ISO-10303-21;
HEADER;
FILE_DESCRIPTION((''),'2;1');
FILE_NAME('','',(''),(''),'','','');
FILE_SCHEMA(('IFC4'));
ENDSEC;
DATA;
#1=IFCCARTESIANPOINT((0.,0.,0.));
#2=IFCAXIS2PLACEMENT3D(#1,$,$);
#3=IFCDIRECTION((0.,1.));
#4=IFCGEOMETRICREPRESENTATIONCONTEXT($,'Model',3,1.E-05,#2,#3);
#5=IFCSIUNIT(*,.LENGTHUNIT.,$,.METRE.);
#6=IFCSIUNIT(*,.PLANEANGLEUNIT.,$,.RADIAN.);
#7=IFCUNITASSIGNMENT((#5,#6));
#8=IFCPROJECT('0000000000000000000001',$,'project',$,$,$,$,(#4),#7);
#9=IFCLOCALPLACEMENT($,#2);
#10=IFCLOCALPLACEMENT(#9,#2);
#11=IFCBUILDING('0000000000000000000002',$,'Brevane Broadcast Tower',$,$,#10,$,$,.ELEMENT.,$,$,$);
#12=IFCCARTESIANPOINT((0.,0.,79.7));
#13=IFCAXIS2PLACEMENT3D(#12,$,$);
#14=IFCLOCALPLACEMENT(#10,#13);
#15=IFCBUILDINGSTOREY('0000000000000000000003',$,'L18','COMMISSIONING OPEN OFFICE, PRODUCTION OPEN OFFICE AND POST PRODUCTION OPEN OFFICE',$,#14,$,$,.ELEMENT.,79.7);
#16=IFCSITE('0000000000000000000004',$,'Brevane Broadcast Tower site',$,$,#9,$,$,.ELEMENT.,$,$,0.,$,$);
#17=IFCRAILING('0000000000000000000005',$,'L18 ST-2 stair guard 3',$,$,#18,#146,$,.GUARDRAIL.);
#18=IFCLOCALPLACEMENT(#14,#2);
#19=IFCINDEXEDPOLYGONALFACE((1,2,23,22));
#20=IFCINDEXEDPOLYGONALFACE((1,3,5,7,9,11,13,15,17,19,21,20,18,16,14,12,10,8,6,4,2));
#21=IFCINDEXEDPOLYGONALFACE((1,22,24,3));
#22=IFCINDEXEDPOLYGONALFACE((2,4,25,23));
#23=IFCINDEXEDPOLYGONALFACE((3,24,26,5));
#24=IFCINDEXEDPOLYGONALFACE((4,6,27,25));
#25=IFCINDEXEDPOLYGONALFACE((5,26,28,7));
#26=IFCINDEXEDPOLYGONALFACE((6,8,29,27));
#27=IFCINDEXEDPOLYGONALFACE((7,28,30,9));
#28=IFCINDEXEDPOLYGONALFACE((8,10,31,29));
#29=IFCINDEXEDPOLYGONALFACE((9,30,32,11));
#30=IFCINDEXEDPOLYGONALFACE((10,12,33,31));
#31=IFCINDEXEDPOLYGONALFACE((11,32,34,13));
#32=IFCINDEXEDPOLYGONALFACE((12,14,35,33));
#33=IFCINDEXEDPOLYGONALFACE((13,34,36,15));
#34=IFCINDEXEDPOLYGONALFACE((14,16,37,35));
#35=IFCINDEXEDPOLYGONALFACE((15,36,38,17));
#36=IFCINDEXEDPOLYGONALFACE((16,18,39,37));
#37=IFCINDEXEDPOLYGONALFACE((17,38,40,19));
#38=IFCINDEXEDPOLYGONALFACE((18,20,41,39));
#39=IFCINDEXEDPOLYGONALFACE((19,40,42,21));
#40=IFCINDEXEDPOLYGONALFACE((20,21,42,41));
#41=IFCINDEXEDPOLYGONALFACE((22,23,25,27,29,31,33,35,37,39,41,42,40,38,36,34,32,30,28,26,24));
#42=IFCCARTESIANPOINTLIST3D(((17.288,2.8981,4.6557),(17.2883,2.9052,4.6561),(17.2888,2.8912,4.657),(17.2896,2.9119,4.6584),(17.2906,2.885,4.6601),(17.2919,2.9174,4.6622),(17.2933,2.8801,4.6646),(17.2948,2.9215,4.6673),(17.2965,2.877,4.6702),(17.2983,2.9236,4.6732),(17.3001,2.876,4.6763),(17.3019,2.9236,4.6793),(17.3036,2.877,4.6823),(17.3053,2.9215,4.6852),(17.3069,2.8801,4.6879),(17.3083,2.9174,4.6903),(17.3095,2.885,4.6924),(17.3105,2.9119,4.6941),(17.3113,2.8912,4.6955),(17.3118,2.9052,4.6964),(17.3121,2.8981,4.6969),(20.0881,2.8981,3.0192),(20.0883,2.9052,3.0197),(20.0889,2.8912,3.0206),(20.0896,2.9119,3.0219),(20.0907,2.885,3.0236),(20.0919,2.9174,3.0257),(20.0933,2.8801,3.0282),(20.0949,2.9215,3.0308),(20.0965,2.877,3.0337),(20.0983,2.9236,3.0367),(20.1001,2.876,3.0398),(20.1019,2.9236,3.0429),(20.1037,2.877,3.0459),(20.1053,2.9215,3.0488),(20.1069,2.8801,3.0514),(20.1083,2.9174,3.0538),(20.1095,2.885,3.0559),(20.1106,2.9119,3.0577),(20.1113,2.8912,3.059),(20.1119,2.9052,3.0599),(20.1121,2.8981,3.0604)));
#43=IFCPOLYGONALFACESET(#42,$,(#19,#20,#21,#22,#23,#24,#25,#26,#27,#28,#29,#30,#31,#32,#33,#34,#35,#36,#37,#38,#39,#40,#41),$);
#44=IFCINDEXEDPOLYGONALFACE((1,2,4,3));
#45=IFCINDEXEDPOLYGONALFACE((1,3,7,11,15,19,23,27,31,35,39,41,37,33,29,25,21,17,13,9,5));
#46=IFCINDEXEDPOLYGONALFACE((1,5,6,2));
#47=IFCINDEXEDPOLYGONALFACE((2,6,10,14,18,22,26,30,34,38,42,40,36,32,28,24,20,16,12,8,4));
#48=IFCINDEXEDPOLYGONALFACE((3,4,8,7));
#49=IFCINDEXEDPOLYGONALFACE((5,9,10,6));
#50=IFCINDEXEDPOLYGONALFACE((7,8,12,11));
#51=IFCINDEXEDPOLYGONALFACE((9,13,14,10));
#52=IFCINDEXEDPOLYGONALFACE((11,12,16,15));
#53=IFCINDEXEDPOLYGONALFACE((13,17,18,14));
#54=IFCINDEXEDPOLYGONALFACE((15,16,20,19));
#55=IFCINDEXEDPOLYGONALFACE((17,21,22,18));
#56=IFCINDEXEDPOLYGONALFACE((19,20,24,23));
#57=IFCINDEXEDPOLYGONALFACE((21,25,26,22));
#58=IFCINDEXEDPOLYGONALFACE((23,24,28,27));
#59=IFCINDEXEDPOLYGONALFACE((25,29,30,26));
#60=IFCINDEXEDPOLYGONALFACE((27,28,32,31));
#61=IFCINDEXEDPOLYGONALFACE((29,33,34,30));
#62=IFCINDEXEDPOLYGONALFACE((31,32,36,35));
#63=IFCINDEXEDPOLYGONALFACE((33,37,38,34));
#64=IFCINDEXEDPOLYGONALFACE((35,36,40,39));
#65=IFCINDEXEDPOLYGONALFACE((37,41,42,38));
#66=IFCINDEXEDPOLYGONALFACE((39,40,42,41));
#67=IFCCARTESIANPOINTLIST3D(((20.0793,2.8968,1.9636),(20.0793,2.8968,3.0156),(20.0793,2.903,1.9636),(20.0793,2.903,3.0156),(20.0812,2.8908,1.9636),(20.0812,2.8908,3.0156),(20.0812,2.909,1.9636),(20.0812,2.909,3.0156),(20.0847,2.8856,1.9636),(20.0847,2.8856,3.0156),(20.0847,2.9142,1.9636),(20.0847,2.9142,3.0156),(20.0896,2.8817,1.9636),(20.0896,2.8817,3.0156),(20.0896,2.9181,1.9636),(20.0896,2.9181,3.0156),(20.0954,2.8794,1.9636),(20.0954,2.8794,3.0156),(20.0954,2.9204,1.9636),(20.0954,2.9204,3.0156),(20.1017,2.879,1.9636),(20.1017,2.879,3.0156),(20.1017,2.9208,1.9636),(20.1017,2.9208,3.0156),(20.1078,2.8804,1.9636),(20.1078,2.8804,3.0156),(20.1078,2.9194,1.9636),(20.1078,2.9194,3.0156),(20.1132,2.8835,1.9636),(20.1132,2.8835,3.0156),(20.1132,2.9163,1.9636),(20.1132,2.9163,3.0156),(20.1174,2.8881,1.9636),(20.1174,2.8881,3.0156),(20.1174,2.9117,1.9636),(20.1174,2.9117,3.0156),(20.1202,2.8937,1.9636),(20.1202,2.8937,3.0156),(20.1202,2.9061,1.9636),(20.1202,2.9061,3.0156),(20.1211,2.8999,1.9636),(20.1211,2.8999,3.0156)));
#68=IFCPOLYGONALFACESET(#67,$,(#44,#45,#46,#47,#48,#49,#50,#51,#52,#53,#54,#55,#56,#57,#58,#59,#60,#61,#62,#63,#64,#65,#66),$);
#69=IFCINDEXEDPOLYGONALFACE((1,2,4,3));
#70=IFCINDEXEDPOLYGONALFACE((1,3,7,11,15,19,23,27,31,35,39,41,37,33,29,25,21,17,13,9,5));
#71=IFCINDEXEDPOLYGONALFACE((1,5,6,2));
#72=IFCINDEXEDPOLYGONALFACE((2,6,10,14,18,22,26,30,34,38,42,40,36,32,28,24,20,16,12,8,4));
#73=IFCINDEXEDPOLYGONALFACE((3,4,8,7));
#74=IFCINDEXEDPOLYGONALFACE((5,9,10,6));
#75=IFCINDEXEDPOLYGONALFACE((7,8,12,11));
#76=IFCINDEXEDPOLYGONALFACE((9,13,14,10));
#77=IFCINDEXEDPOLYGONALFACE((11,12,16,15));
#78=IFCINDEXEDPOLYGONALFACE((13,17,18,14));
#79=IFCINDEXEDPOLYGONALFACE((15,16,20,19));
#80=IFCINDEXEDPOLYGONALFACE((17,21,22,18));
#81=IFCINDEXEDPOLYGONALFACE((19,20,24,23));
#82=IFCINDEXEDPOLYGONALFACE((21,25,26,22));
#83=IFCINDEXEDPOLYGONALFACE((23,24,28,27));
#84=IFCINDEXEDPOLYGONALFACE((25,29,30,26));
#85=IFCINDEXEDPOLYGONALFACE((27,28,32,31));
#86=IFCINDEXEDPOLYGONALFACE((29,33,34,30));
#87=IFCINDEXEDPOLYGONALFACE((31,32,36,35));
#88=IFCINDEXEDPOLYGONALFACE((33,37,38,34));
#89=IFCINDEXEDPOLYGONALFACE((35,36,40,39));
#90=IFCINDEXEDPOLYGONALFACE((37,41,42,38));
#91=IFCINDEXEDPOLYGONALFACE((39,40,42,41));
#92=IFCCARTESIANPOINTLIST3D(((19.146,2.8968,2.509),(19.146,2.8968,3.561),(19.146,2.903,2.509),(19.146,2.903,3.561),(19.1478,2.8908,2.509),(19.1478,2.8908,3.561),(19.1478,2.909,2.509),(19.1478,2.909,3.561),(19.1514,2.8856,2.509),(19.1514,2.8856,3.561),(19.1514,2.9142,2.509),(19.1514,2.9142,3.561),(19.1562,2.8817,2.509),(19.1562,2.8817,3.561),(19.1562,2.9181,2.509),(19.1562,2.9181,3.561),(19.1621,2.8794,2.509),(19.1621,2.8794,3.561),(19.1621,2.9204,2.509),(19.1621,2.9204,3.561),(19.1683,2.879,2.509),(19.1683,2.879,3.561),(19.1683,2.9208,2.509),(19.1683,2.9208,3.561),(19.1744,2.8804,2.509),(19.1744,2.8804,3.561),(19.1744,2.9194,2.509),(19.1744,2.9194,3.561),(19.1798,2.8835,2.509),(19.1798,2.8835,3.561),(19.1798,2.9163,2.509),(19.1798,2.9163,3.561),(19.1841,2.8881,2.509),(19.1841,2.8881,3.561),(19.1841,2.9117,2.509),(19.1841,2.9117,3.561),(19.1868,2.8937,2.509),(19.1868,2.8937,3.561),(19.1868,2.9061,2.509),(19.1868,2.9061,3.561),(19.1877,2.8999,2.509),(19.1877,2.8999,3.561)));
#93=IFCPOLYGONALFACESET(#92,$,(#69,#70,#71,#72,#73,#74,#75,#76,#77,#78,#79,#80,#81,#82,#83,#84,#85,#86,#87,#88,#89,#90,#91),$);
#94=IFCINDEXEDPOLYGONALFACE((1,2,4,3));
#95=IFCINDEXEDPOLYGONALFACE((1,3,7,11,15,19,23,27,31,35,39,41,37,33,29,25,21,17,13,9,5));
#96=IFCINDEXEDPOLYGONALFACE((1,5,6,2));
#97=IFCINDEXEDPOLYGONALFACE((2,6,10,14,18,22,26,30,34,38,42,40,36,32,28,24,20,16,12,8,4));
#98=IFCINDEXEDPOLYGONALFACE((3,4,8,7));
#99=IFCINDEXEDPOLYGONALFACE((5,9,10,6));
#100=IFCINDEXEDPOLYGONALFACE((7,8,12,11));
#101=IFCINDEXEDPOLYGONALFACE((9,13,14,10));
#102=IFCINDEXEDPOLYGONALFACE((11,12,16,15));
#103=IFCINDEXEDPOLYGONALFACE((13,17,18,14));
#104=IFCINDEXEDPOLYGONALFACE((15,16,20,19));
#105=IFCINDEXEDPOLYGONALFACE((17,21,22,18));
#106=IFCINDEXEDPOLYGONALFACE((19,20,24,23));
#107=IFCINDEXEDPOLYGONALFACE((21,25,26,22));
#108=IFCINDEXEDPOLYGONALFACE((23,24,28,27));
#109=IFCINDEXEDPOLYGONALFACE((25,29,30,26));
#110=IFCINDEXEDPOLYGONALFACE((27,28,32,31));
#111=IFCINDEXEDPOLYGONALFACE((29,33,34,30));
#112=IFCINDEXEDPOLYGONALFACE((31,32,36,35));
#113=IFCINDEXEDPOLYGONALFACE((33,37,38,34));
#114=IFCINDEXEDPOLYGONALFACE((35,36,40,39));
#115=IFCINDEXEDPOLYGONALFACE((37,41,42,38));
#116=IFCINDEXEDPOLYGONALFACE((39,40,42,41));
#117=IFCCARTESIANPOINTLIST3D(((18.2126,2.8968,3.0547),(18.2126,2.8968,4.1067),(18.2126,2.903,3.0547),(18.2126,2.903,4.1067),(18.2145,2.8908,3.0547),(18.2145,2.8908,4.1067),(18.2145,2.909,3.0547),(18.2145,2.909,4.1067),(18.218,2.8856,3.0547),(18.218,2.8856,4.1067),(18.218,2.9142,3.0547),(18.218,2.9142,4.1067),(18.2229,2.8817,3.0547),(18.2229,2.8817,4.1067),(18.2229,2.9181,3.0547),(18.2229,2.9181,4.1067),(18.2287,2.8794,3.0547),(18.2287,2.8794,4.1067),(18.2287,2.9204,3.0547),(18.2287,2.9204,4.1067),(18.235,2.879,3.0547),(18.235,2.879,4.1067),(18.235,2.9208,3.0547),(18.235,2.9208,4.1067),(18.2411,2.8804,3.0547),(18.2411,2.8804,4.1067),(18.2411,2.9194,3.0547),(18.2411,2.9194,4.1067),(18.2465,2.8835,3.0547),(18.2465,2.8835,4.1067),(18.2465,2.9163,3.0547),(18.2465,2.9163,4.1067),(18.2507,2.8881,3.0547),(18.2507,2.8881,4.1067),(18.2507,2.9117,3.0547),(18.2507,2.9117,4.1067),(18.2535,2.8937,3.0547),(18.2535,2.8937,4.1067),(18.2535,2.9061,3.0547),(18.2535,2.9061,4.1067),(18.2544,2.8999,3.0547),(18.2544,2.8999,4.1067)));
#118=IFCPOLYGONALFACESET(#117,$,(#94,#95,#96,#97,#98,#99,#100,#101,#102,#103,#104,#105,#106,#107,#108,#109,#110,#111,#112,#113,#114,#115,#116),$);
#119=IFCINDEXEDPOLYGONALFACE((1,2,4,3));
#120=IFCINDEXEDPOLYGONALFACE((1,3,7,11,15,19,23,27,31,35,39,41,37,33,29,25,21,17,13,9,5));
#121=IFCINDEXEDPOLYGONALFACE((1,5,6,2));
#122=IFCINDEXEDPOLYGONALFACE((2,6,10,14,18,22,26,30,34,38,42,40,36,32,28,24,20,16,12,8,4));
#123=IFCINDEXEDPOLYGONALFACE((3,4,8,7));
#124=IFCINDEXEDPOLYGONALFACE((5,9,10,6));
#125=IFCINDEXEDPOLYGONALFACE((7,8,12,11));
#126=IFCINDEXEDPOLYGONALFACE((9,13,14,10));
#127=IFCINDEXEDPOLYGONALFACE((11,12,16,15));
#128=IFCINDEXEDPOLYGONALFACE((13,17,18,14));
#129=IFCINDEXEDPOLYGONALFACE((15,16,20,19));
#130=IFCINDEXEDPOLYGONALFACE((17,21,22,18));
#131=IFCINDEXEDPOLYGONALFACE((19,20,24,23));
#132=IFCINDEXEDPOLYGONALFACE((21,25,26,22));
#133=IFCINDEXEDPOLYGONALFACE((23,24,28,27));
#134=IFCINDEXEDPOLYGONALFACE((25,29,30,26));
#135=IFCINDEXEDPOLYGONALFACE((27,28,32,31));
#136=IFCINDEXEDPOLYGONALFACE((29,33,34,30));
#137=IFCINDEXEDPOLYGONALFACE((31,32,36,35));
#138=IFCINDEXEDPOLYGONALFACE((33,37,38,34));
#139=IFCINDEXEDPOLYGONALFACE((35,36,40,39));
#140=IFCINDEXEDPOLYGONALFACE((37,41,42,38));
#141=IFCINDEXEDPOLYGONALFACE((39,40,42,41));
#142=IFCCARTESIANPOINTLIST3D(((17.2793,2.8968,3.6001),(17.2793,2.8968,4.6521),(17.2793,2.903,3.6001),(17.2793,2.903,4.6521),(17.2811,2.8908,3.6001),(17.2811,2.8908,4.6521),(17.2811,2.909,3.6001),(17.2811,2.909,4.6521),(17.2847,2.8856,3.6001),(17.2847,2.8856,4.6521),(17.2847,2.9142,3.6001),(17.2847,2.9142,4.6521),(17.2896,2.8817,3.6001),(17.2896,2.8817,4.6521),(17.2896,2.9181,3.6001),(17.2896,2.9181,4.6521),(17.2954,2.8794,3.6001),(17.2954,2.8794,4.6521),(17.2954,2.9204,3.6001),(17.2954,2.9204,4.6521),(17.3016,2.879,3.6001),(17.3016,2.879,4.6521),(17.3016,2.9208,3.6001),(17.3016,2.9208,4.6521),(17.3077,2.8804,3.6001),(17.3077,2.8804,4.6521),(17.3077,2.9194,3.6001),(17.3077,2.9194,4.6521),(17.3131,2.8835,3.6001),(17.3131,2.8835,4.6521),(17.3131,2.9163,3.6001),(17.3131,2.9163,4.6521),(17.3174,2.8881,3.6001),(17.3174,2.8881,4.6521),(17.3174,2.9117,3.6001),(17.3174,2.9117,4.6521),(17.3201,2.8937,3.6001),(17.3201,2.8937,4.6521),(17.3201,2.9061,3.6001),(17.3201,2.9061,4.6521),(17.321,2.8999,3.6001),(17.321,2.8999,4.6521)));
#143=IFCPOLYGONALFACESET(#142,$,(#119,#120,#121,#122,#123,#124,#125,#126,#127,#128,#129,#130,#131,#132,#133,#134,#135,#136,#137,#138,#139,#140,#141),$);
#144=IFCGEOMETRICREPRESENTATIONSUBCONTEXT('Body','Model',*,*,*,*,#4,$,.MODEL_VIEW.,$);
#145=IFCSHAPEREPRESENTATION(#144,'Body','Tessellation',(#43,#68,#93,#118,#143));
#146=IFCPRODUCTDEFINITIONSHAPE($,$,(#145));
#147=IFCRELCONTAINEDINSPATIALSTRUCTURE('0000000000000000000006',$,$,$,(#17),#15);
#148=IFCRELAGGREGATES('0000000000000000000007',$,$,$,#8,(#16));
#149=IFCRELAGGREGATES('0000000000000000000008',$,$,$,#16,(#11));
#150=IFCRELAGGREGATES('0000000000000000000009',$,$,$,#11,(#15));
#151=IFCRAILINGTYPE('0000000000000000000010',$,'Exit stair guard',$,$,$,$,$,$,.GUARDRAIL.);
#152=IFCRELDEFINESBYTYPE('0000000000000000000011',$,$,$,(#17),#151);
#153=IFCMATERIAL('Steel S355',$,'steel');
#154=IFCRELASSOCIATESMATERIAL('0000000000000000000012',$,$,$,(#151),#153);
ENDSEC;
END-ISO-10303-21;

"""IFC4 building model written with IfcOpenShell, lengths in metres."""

from ifc_helpers import new_model, si_unit, direction, frame, origin, origin_2d, place, context, subcontext, project, spatial, circle, extrude, material, type_object, element, save


model = new_model("IFC4")

# Units and contexts
model_context = context("Model", 3, precision=1e-05, world=origin(), true_north=direction((0.0, 1.0)))
body_context = subcontext(model_context, "Body", "Model", "MODEL_VIEW")
ifc_project = project(units=[si_unit("LENGTHUNIT", "METRE"), si_unit("PLANEANGLEUNIT", "RADIAN")], contexts=[model_context])

# Site, building, storey
site_placement = place(None, origin())
site = spatial("IfcSite", under=ifc_project, at=site_placement, Name="Brevane Broadcast Tower site", CompositionType="ELEMENT", RefElevation=0.0)
building_placement = place(site_placement, origin())
building = spatial("IfcBuilding", under=site, at=building_placement, Name="Brevane Broadcast Tower", CompositionType="ELEMENT")
storey_placement = place(building_placement, frame((0.0, 0.0, 79.7)))
storey = spatial("IfcBuildingStorey", under=building, at=storey_placement, Name="L18", Description="COMMISSIONING OPEN OFFICE, PRODUCTION OPEN OFFICE AND POST PRODUCTION OPEN OFFICE", CompositionType="ELEMENT", Elevation=79.7)

# Railing
ifc_material_1 = material(Name="Steel S355", Category="steel")
railing_type_1 = type_object("IfcRailingType", Name="Exit stair guard", PredefinedType="GUARDRAIL", material=ifc_material_1)
railing_1_placement = place(storey_placement, frame((20.1001, 2.8999, 1.9636)))
element("IfcRailing", 1, at=railing_1_placement, inside=storey, type_object=railing_type_1, Name="L18 ST-2 stair guard 3", PredefinedType="GUARDRAIL", context=body_context, shape_type="SweptSolid", body=[
    extrude(circle(Radius=0.0239, at=origin_2d()), frame((0.0, 0.0, 1.0762), z_axis=(-0.863361, 0.0, 0.504587), x_axis=(0.0, -1.0, 0.0)), (0.0, 0.0, 1.0), 3.2432),
    extrude(circle(Radius=0.021, at=origin_2d()), origin(), (0.0, 0.0, 1.0), 1.052),
    extrude(circle(Radius=0.021, at=origin_2d()), frame((-0.9333, 0.0, 0.5454)), (0.0, 0.0, 1.0), 1.052),
    extrude(circle(Radius=0.021, at=origin_2d()), frame((-1.8667, 0.0, 1.0911)), (0.0, 0.0, 1.0), 1.052),
    extrude(circle(Radius=0.021, at=origin_2d()), frame((-2.8, 0.0, 1.6365)), (0.0, 0.0, 1.0), 1.052),
])

save(model, "model.ifc")
